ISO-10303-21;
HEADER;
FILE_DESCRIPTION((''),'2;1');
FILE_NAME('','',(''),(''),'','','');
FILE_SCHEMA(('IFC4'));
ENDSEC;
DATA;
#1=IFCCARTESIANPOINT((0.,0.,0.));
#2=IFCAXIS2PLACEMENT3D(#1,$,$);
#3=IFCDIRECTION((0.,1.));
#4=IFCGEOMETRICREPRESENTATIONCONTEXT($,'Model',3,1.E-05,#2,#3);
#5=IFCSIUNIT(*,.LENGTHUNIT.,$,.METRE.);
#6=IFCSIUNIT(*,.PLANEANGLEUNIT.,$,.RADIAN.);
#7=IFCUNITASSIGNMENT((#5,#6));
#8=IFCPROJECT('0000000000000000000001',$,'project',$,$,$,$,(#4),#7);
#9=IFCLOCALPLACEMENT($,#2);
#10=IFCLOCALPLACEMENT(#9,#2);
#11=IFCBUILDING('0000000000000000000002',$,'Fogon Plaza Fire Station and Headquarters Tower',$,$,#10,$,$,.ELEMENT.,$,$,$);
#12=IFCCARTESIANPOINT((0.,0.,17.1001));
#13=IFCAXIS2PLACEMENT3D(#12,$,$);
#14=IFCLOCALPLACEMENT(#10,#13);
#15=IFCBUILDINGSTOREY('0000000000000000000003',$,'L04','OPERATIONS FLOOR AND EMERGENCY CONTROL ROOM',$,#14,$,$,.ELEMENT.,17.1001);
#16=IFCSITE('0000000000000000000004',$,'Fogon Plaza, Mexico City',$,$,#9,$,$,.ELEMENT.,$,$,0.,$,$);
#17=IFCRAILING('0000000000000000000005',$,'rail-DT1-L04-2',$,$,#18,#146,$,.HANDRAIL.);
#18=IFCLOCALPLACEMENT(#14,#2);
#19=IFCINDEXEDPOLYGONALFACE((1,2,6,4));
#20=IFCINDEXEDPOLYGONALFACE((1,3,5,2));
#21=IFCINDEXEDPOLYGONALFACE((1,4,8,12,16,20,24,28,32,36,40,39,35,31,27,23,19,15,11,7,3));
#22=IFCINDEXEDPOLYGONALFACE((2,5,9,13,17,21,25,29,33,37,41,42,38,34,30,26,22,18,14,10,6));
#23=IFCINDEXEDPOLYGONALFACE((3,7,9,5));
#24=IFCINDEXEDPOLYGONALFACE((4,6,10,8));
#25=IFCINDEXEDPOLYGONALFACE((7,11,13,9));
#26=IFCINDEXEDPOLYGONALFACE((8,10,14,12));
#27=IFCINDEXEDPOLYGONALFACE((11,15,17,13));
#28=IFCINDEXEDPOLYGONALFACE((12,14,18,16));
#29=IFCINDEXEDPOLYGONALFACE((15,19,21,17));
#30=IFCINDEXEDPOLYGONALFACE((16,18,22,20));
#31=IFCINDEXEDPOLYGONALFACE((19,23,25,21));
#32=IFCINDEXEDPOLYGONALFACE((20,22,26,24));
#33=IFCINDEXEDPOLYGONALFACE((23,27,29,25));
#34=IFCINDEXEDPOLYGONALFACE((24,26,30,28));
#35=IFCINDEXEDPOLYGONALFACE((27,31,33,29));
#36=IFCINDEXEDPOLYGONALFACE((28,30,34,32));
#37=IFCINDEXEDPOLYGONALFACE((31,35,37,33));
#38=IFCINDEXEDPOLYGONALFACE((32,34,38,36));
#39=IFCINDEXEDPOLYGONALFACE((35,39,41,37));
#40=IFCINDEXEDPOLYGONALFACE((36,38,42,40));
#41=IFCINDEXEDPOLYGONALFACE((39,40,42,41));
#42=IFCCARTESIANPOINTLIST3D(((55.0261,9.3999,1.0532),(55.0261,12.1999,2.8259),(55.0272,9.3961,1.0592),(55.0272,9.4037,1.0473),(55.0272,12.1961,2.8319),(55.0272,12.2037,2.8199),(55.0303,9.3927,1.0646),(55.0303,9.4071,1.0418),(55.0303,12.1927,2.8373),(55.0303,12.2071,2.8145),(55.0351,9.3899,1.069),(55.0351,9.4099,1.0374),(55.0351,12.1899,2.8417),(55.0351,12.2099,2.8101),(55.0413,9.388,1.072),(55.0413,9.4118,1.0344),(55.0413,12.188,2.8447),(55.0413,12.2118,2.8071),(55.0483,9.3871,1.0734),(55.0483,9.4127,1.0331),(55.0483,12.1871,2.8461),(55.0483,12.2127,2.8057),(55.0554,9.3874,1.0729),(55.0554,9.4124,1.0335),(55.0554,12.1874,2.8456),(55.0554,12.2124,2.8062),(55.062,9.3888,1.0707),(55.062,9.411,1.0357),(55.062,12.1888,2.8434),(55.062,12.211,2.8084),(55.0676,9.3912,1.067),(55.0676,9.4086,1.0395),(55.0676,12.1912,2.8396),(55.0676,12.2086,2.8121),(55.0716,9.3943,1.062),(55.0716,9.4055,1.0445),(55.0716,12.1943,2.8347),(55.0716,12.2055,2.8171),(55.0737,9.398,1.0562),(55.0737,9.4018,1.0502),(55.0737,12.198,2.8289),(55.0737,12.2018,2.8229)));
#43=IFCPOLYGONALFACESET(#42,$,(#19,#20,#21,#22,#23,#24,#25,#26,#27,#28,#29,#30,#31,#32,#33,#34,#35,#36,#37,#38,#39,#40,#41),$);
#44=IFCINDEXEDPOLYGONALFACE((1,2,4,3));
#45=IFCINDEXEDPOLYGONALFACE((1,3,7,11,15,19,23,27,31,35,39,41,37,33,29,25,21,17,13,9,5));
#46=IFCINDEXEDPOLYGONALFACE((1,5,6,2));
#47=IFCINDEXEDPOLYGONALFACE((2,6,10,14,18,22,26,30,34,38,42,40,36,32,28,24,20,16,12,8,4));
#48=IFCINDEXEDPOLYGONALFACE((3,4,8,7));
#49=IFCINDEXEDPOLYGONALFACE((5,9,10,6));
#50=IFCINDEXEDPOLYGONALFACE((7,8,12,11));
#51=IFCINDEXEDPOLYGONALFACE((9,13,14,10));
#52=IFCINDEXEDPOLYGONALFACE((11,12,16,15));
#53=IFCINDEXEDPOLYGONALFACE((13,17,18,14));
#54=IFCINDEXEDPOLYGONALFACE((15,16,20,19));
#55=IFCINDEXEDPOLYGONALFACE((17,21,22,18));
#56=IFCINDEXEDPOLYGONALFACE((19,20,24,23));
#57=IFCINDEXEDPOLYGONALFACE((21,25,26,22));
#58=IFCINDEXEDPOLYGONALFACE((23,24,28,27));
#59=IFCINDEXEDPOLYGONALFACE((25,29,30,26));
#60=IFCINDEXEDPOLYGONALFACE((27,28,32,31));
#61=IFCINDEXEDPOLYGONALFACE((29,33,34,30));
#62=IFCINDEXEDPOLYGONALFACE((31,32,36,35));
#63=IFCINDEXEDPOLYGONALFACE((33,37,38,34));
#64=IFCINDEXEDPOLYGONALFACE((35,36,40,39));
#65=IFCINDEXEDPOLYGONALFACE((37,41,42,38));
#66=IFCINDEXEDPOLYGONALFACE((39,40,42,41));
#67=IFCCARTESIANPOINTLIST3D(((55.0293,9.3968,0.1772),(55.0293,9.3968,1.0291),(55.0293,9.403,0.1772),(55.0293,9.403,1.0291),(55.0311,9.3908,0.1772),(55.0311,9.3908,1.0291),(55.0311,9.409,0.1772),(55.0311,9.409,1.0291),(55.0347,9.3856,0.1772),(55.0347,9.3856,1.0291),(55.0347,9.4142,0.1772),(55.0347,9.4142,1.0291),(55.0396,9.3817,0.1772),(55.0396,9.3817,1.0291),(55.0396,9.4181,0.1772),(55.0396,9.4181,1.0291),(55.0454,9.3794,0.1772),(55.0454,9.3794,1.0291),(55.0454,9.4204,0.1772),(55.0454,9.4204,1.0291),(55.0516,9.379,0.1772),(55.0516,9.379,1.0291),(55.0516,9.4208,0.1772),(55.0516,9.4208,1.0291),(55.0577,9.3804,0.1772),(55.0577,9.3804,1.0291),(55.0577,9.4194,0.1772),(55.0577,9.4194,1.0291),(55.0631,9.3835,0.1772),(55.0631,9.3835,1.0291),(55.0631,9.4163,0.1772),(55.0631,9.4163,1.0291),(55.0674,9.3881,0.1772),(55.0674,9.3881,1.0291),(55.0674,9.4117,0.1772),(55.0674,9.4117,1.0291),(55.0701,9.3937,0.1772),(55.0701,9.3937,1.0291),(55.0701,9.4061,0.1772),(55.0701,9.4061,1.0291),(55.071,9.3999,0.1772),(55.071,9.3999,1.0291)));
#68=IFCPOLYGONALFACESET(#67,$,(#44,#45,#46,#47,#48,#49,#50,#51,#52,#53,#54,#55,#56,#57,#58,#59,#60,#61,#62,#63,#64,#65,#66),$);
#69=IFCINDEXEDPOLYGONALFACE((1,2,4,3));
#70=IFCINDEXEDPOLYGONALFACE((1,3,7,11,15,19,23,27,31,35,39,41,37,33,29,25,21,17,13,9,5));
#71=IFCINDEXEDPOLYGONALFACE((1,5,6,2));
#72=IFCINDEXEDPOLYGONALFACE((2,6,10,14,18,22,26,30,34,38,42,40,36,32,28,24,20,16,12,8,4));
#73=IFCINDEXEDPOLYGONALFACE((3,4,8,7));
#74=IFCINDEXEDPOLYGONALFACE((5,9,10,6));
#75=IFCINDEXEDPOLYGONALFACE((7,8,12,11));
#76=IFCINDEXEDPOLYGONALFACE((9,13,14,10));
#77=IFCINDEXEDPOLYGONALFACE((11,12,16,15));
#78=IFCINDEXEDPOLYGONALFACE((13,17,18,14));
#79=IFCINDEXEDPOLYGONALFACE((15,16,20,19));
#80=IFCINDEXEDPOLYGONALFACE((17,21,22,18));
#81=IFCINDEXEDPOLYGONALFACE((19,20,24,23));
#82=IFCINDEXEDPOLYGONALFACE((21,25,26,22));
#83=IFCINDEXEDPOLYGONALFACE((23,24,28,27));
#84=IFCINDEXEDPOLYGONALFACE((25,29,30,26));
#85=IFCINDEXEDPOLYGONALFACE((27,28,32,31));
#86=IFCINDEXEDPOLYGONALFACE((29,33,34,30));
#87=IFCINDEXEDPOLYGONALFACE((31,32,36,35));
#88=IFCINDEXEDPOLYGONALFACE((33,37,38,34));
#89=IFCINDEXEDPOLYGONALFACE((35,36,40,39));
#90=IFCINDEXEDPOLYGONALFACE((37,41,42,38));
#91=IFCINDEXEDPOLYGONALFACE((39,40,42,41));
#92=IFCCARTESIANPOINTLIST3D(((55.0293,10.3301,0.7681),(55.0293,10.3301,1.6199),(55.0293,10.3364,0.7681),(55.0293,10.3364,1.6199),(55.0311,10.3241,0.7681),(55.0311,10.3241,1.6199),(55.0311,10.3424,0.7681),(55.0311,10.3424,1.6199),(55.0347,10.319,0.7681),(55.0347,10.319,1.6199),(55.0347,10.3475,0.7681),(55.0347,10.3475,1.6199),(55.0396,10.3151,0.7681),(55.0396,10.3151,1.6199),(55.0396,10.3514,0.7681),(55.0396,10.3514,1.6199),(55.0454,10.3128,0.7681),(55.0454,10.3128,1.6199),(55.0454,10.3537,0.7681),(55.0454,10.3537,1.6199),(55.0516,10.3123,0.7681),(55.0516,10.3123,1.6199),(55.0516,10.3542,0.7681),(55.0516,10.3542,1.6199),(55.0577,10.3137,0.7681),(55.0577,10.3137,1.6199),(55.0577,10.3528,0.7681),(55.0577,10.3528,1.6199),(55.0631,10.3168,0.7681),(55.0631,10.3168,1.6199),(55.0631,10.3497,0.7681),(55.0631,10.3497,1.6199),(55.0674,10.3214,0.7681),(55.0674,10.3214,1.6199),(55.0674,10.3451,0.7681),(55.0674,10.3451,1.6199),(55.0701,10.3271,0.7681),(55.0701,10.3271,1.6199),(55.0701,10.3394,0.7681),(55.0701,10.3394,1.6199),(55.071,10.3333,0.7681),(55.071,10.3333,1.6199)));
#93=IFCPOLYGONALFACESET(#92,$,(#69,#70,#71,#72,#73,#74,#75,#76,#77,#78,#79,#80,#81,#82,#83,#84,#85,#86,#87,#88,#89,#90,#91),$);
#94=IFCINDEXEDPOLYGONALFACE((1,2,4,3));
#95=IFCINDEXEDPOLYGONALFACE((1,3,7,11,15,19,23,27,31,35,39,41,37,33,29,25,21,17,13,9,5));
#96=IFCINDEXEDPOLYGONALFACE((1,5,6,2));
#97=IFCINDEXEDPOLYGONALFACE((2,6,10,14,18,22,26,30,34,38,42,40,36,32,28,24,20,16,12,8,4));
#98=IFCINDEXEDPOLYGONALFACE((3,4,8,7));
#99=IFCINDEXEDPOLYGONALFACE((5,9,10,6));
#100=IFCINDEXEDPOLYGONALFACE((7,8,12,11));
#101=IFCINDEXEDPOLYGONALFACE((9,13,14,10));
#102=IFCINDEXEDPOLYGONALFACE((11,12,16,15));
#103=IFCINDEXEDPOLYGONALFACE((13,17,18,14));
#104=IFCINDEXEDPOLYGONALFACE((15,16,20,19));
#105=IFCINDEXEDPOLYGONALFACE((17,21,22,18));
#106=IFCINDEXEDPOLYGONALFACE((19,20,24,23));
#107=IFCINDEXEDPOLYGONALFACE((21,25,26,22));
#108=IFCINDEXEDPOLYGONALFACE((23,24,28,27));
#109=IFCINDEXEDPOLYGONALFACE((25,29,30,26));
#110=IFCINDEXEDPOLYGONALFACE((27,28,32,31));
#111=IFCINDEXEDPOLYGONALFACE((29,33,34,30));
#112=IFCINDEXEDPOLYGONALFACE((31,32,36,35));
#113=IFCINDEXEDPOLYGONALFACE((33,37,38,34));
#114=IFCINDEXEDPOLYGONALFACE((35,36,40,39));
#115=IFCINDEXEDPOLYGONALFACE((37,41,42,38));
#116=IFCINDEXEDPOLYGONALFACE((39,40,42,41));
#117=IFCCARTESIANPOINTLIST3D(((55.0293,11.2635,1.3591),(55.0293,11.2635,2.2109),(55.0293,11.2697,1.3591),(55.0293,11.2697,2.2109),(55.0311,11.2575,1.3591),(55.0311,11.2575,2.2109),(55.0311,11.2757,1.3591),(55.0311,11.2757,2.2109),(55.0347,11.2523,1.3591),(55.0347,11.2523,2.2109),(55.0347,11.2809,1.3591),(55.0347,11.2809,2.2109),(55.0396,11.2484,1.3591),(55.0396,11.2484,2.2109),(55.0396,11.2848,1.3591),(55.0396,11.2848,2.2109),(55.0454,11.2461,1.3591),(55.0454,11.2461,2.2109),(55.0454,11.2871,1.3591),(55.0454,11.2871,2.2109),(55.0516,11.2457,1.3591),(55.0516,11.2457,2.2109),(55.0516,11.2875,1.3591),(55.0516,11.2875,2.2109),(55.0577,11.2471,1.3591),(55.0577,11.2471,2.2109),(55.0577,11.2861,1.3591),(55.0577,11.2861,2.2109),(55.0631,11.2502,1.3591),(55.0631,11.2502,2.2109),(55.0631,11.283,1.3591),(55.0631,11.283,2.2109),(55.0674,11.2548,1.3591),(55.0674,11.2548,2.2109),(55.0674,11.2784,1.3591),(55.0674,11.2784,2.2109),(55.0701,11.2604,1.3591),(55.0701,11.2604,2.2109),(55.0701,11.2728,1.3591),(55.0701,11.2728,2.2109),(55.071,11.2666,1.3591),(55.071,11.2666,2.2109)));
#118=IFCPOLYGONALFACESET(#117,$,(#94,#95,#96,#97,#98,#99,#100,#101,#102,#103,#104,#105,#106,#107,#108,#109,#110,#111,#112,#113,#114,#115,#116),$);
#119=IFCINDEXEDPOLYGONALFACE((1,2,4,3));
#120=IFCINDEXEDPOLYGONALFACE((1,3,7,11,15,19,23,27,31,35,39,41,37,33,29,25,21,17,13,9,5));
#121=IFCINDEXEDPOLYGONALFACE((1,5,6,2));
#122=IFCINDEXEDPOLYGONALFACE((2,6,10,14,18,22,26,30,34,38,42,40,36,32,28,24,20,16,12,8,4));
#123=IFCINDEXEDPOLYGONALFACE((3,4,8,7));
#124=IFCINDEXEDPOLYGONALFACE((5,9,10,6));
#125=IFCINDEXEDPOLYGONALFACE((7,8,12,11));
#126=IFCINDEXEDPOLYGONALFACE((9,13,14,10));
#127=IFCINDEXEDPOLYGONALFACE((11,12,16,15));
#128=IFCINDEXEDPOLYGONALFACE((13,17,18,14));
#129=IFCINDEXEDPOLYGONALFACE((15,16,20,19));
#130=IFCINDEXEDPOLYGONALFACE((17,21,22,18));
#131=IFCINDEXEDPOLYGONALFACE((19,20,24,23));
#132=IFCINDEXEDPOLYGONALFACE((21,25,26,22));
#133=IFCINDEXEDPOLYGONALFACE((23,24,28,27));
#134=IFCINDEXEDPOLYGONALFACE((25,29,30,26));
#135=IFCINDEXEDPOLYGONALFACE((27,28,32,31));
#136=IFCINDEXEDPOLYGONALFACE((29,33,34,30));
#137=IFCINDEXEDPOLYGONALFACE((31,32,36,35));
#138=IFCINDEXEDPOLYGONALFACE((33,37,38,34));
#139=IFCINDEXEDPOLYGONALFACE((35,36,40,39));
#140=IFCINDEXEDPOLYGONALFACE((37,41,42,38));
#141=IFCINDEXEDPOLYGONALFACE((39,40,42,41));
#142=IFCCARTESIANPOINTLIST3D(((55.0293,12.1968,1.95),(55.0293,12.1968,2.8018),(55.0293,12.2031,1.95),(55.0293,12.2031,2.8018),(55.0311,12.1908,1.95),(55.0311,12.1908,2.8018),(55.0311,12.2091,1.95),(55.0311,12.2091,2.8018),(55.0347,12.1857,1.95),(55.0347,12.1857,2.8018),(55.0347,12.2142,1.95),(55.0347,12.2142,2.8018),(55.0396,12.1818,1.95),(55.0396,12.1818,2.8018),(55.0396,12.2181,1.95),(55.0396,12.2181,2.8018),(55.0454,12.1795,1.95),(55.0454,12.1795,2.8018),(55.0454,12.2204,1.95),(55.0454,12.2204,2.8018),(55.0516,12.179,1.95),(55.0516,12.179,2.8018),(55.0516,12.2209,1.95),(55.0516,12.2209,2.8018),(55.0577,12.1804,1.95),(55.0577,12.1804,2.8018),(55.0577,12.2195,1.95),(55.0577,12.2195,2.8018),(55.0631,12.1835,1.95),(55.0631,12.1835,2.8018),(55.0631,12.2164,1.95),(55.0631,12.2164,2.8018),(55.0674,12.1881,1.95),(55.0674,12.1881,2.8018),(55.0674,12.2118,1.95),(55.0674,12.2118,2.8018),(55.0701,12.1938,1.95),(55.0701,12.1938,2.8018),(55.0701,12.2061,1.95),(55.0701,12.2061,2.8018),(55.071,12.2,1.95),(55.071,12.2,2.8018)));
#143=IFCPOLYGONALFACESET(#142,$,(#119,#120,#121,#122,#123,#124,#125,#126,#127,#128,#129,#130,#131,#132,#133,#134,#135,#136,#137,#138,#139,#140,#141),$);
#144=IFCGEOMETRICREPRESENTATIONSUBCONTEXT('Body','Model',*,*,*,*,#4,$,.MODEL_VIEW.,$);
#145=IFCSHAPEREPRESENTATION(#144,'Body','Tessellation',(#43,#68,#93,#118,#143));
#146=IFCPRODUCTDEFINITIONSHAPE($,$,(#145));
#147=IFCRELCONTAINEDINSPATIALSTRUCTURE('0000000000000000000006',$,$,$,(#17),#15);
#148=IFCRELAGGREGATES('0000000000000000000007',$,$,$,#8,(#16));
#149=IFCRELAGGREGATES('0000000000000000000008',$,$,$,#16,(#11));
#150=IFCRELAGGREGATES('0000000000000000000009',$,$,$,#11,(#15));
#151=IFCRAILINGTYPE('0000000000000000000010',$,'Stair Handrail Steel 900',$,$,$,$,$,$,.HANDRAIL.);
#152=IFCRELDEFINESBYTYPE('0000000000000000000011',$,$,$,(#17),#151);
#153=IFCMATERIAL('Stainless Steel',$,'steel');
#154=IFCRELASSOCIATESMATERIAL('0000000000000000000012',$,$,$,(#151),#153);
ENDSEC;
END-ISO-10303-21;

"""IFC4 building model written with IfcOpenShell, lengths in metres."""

from ifc_helpers import new_model, si_unit, direction, frame, origin, origin_2d, place, context, subcontext, project, spatial, circle, extrude, material, type_object, element, save


model = new_model("IFC4")

# Units and contexts
model_context = context("Model", 3, precision=1e-05, world=origin(), true_north=direction((0.0, 1.0)))
body_context = subcontext(model_context, "Body", "Model", "MODEL_VIEW")
ifc_project = project(units=[si_unit("LENGTHUNIT", "METRE"), si_unit("PLANEANGLEUNIT", "RADIAN")], contexts=[model_context])

# Site, building, storey
site_placement = place(None, origin())
site = spatial("IfcSite", under=ifc_project, at=site_placement, Name="Fogon Plaza, Mexico City", CompositionType="ELEMENT", RefElevation=0.0)
building_placement = place(site_placement, origin())
building = spatial("IfcBuilding", under=site, at=building_placement, Name="Fogon Plaza Fire Station and Headquarters Tower", CompositionType="ELEMENT")
storey_placement = place(building_placement, frame((0.0, 0.0, 17.1001)))
storey = spatial("IfcBuildingStorey", under=building, at=storey_placement, Name="L04", Description="OPERATIONS FLOOR AND EMERGENCY CONTROL ROOM", CompositionType="ELEMENT", Elevation=17.1001)

# Railing
ifc_material_1 = material(Name="Stainless Steel", Category="steel")
railing_type_1 = type_object("IfcRailingType", Name="Stair Handrail Steel 900", PredefinedType="HANDRAIL", material=ifc_material_1)
for number, where, name in (
    (1, (55.05, 9.3999, 0.1772), "rail-DT1-L04-2"),
):
    element("IfcRailing", number, at=place(storey_placement, frame(where)), inside=storey, type_object=railing_type_1, Name=name, PredefinedType="HANDRAIL", context=body_context, shape_type="SweptSolid", body=[
        extrude(circle(Radius=0.0239, at=origin_2d()), frame((0.0, 0.0, 0.876), z_axis=(0.0, 0.844909, 0.53491), x_axis=(-1.0, 0.0, 0.0)), (0.0, 0.0, 1.0), 3.314),
        extrude(circle(Radius=0.021, at=origin_2d()), origin(), (0.0, 0.0, 1.0), 0.8518),
        extrude(circle(Radius=0.021, at=origin_2d()), frame((0.0, 0.9333, 0.5908)), (0.0, 0.0, 1.0), 0.8518),
        extrude(circle(Radius=0.021, at=origin_2d()), frame((0.0, 1.8667, 1.1819)), (0.0, 0.0, 1.0), 0.8518),
        extrude(circle(Radius=0.021, at=origin_2d()), frame((0.0, 2.8, 1.7727)), (0.0, 0.0, 1.0), 0.8518),
    ])

save(model, "model.ifc")
